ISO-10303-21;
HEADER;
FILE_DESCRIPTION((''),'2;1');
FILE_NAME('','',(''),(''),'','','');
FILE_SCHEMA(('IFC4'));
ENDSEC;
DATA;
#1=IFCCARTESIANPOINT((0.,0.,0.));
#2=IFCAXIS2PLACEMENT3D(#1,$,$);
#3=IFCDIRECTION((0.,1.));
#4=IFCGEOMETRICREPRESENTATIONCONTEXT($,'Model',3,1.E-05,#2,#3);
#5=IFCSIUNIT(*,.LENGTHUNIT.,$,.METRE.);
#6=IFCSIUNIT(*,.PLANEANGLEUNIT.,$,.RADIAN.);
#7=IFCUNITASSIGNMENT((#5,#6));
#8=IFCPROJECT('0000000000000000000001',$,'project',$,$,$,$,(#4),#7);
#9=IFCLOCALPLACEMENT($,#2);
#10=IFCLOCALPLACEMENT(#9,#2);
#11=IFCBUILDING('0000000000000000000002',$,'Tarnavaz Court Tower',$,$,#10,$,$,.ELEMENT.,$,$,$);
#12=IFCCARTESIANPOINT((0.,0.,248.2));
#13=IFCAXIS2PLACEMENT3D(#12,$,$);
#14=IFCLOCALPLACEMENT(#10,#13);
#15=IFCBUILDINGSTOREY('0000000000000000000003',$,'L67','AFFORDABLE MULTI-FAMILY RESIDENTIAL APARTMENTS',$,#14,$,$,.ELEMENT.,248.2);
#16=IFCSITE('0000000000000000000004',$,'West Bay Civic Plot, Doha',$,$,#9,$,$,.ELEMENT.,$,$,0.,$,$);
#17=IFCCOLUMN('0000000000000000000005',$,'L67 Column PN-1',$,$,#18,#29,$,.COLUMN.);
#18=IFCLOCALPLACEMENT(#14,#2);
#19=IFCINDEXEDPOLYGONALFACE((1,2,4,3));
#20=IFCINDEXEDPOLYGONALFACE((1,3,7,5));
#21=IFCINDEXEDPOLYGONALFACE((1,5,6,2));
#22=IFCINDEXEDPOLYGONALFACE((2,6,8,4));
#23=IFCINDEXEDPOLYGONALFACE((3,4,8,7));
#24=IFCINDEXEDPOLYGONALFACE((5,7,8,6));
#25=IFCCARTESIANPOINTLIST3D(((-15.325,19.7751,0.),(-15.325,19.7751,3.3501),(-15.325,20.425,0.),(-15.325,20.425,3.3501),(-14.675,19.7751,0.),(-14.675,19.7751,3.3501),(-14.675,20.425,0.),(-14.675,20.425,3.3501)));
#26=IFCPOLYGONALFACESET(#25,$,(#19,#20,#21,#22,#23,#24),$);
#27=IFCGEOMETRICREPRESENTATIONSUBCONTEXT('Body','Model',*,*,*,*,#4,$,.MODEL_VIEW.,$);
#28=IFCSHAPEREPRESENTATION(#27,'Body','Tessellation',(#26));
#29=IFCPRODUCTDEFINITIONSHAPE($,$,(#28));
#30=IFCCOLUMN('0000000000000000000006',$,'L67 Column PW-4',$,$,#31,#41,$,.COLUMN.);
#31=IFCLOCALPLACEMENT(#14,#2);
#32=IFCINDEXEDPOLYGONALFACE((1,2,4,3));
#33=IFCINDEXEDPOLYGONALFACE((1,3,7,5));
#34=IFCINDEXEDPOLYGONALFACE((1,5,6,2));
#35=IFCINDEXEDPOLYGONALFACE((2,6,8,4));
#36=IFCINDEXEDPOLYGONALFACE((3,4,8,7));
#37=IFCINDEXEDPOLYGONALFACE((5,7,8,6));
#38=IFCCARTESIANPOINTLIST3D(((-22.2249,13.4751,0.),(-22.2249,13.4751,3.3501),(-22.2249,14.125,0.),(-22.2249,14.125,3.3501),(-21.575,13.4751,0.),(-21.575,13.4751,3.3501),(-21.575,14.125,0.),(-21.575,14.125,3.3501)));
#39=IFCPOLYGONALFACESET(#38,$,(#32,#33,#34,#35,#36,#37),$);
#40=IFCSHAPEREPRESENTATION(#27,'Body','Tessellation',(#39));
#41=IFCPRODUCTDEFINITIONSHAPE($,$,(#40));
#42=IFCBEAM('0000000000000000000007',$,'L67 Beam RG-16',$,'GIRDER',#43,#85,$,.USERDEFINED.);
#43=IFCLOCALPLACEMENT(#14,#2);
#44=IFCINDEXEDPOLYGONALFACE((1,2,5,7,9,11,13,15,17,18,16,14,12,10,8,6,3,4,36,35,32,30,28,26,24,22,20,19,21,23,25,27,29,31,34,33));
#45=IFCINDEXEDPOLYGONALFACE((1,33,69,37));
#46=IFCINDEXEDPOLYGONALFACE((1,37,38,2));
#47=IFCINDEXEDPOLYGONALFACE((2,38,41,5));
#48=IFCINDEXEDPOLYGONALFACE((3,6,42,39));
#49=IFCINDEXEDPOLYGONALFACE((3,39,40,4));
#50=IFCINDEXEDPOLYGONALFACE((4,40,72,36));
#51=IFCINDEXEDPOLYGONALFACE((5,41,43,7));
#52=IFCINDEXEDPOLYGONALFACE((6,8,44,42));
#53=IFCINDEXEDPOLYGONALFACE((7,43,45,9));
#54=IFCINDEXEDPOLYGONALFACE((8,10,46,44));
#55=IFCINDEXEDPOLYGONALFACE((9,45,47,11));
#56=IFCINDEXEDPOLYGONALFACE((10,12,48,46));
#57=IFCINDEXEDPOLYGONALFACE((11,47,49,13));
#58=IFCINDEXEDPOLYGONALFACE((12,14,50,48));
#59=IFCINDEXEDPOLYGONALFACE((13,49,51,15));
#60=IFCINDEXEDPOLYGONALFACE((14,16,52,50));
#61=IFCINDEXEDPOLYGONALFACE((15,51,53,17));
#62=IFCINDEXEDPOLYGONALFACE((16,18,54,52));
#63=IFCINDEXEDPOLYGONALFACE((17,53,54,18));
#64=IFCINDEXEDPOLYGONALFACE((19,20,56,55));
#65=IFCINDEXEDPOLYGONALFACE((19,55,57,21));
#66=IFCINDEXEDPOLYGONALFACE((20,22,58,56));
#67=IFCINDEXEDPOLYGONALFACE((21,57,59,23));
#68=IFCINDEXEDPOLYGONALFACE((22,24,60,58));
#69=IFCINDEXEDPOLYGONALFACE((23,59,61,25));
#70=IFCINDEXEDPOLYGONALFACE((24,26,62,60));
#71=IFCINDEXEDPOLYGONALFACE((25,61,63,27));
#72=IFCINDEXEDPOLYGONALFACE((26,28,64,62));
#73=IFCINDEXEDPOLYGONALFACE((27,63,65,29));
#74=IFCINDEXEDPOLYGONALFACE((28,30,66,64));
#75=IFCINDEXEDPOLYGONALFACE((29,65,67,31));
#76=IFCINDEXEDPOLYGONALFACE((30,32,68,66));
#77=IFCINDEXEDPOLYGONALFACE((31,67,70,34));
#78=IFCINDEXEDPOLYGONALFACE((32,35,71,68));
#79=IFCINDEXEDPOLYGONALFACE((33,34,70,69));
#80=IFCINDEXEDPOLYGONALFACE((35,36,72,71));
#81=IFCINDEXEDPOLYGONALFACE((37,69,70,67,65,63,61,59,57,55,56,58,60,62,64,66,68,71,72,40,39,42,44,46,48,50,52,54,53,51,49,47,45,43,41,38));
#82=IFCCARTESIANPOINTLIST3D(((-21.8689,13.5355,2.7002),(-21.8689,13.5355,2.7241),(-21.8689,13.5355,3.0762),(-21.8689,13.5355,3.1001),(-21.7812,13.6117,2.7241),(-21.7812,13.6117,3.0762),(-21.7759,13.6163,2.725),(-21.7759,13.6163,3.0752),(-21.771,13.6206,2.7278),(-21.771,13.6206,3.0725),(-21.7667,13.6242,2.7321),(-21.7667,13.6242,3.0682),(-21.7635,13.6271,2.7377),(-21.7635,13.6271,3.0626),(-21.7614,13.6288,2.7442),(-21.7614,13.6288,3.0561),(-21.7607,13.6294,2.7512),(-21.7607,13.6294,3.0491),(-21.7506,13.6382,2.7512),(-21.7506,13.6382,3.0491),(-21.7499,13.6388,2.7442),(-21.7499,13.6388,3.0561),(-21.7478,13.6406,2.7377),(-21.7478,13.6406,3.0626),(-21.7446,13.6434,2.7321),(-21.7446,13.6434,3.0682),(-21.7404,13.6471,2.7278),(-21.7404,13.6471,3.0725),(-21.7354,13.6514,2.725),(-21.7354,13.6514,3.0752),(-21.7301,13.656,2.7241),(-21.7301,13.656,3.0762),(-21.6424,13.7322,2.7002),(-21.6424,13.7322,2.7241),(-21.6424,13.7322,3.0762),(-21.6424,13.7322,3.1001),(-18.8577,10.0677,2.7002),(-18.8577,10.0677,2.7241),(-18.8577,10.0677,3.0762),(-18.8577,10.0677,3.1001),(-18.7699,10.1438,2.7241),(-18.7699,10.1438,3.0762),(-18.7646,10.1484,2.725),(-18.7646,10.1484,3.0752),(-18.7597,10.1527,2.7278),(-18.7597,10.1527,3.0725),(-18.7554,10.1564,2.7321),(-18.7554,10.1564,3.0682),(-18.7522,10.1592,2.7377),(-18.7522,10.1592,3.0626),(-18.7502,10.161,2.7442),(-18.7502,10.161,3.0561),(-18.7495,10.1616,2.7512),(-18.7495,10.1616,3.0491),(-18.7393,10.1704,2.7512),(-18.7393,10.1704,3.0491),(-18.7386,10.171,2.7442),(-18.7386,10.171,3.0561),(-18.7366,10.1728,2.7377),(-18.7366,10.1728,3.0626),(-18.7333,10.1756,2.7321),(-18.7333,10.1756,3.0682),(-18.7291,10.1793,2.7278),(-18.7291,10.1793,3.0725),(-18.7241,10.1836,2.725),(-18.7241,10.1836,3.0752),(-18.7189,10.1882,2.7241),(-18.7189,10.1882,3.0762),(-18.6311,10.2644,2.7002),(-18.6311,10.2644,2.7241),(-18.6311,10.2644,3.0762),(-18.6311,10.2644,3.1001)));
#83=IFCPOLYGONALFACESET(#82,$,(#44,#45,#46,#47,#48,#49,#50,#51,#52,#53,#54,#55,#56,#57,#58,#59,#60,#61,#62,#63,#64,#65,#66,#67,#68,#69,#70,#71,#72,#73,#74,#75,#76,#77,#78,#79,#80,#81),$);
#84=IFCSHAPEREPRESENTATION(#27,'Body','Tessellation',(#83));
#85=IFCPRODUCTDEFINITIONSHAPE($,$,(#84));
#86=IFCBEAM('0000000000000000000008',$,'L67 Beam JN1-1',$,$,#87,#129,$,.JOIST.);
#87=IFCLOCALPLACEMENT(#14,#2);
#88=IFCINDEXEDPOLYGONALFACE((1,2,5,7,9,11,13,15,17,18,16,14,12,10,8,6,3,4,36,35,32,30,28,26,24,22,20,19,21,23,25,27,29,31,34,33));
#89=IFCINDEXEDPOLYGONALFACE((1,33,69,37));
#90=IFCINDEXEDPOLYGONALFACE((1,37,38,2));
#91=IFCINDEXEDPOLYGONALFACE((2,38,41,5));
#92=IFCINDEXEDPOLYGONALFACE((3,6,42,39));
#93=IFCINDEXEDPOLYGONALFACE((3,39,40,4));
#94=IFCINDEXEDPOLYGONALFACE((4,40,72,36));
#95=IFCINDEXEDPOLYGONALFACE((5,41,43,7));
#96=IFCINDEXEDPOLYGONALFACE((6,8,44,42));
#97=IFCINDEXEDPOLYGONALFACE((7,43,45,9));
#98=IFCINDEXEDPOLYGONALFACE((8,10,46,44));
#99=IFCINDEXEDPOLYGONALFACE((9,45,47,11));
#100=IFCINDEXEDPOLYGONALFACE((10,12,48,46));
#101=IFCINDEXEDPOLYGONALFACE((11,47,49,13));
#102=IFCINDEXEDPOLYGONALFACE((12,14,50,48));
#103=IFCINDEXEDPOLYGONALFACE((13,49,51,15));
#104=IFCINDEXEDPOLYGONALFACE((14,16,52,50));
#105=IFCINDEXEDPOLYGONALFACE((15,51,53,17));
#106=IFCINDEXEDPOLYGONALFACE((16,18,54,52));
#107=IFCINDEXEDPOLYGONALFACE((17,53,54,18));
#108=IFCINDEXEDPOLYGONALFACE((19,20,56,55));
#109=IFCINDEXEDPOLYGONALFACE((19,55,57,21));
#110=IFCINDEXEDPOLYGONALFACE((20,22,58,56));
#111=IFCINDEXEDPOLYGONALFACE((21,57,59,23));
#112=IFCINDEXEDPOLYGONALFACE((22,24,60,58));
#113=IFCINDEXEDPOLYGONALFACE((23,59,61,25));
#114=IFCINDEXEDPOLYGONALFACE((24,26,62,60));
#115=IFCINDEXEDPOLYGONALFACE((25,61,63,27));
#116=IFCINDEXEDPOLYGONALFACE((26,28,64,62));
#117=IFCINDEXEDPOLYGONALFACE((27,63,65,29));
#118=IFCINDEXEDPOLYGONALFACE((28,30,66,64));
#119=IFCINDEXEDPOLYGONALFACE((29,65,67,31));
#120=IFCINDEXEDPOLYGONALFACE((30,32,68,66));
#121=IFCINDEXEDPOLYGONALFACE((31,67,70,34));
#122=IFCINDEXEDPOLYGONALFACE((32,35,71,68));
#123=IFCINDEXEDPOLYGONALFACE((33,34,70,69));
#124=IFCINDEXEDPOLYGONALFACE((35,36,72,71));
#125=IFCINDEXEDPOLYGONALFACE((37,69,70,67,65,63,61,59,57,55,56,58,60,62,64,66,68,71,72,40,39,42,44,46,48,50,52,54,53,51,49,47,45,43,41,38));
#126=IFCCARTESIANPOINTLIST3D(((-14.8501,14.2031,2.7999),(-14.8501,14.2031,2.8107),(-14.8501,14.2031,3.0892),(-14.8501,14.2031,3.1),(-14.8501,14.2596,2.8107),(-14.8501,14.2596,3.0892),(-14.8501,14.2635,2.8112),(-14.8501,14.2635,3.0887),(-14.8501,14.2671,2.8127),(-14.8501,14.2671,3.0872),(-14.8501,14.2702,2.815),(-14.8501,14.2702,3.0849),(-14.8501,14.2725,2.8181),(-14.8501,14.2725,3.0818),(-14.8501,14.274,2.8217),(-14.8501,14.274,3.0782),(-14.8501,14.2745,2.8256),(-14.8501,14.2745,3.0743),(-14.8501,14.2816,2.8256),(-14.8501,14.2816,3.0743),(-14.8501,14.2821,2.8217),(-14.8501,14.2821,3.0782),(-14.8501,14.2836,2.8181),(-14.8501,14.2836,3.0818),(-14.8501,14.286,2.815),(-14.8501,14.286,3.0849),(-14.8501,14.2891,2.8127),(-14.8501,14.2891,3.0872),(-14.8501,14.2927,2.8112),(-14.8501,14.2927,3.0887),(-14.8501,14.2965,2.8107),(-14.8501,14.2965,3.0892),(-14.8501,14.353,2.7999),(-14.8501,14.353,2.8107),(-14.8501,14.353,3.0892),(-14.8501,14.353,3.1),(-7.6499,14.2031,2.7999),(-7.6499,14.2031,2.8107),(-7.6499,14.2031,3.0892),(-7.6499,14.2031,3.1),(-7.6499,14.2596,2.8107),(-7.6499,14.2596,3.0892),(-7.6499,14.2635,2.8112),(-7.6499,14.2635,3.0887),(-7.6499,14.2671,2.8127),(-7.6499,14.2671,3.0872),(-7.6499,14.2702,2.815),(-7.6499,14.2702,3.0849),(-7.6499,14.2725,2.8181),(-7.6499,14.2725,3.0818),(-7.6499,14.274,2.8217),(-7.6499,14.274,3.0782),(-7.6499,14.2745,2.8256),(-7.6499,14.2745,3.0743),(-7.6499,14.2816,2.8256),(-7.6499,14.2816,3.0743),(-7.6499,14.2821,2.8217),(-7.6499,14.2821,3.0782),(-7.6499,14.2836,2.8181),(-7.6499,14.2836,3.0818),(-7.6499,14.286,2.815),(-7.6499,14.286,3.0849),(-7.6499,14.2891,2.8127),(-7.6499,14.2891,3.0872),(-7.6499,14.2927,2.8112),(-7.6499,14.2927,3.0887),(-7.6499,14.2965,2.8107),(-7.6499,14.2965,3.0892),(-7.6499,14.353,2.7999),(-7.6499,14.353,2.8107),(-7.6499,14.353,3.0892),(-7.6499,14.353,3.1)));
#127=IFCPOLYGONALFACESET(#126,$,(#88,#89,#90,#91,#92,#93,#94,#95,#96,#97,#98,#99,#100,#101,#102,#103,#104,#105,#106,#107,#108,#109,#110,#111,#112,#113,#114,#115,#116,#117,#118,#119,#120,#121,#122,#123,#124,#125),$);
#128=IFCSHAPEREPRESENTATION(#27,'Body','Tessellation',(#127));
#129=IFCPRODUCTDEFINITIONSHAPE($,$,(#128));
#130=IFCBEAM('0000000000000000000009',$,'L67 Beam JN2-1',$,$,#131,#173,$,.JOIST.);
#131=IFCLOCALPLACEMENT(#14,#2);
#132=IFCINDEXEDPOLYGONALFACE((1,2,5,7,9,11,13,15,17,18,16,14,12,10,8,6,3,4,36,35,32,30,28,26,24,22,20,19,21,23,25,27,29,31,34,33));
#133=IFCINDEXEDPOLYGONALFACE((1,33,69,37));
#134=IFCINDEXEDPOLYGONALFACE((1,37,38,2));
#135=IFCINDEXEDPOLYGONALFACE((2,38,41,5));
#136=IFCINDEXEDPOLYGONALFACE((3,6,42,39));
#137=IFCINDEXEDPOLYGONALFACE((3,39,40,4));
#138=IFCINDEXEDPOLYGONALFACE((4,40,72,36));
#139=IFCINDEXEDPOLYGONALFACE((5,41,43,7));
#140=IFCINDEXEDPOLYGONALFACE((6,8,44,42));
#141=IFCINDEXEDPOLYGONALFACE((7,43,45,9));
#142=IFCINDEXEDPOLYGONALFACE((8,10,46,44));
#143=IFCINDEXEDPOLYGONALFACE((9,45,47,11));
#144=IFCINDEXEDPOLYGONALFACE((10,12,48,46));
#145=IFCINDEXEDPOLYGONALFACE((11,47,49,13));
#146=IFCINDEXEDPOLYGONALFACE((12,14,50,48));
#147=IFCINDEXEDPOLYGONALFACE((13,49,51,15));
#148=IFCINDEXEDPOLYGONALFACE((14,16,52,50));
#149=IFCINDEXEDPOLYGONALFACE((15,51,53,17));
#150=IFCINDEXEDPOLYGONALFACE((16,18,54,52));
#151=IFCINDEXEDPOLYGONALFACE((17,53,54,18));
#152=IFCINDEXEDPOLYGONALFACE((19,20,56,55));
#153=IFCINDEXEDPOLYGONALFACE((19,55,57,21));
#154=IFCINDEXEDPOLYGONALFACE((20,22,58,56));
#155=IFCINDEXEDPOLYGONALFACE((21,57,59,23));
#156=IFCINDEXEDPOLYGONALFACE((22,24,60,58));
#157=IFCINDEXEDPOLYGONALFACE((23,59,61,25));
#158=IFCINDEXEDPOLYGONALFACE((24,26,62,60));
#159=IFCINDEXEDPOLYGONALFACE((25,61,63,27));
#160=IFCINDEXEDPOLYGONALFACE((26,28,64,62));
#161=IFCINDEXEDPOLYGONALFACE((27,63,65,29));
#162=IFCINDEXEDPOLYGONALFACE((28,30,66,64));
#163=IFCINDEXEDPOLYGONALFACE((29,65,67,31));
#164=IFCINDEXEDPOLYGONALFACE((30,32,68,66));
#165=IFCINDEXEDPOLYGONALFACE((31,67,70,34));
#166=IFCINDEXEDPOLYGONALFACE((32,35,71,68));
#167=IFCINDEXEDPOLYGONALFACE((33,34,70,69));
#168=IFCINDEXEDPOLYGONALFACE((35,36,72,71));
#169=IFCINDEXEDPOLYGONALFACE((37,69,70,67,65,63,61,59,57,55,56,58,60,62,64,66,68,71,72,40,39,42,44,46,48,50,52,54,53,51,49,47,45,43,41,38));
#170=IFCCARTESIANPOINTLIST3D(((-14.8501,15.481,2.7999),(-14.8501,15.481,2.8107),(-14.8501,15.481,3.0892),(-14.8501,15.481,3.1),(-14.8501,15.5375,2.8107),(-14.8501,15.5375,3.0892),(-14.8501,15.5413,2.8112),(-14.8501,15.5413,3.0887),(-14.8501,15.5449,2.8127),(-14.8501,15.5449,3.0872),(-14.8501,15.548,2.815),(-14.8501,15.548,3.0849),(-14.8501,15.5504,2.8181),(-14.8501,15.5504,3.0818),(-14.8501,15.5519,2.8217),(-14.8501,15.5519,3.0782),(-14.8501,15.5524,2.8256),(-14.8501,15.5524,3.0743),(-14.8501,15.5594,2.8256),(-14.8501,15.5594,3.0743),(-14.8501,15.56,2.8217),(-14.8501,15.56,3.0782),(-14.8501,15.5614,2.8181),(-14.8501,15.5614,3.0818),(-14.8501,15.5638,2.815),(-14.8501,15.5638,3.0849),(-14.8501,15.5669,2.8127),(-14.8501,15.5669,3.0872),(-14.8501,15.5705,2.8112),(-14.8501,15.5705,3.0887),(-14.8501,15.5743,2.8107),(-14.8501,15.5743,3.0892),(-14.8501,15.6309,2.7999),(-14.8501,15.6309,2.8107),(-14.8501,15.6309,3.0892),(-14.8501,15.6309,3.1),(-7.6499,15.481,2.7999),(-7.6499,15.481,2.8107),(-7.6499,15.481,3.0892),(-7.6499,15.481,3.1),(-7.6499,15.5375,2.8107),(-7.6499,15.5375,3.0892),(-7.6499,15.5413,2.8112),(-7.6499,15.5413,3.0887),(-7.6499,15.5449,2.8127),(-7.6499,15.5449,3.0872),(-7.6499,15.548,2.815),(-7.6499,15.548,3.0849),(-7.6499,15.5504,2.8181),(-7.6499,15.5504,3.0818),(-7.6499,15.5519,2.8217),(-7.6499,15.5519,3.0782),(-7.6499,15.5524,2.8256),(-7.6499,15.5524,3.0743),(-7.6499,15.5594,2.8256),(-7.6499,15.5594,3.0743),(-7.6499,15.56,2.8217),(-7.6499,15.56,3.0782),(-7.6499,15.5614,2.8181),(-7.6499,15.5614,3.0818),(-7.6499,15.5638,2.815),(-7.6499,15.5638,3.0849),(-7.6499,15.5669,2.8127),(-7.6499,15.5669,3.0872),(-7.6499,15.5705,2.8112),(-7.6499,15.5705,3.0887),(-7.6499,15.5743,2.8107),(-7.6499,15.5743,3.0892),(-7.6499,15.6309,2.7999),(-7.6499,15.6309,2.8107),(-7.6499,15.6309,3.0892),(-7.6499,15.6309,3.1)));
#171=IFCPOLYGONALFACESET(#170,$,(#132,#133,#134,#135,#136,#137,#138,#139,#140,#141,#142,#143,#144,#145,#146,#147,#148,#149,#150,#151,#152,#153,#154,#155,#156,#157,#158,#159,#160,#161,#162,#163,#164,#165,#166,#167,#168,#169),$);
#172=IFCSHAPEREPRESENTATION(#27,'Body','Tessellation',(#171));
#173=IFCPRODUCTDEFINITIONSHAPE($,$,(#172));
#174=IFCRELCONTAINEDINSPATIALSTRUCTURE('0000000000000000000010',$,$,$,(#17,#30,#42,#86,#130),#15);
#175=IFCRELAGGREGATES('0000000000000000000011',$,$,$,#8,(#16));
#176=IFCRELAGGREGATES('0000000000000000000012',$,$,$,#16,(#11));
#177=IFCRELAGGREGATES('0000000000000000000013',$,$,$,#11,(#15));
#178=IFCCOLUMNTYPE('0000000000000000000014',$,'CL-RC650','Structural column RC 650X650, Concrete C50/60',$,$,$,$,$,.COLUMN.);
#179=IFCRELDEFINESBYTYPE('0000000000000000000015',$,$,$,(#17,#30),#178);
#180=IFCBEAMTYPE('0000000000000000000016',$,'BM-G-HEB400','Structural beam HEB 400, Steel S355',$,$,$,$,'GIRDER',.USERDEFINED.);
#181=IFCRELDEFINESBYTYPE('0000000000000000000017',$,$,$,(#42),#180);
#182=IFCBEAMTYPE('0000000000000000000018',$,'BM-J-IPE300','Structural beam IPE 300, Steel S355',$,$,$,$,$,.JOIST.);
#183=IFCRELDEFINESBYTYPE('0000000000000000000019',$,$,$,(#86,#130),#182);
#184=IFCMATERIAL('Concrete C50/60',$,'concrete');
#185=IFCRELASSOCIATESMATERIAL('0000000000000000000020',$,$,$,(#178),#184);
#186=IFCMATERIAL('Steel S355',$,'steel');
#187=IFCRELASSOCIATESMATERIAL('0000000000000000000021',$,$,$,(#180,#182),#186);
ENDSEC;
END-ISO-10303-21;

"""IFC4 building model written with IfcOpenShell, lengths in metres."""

from ifc_helpers import new_model, si_unit, direction, frame, origin, origin_2d, place, context, subcontext, project, spatial, rectangle, i_section, extrude, material, material_profile, profile_set, type_object, element, save


model = new_model("IFC4")

# Units and contexts
model_context = context("Model", 3, precision=1e-05, world=origin(), true_north=direction((0.0, 1.0)))
body_context = subcontext(model_context, "Body", "Model", "MODEL_VIEW")
ifc_project = project(units=[si_unit("LENGTHUNIT", "METRE"), si_unit("PLANEANGLEUNIT", "RADIAN")], contexts=[model_context])

# Site, building, storey
site_placement = place(None, origin())
site = spatial("IfcSite", under=ifc_project, at=site_placement, Name="West Bay Civic Plot, Doha", CompositionType="ELEMENT", RefElevation=0.0)
building_placement = place(site_placement, origin())
building = spatial("IfcBuilding", under=site, at=building_placement, Name="Tarnavaz Court Tower", CompositionType="ELEMENT")
storey_placement = place(building_placement, frame((0.0, 0.0, 248.2)))
storey = spatial("IfcBuildingStorey", under=building, at=storey_placement, Name="L67", Description="AFFORDABLE MULTI-FAMILY RESIDENTIAL APARTMENTS", CompositionType="ELEMENT", Elevation=248.2)

# Columns
ifc_material_1 = material(Name="Concrete C50/60", Category="concrete")
ifc_material_profile_1 = material_profile(ifc_material_1, rectangle(XDim=0.6499, YDim=0.6499, at=origin_2d()), Name="RC 650X650")
ifc_profile_set_1 = profile_set([ifc_material_profile_1], Name="Concrete C50/60")
column_type = type_object("IfcColumnType", Name="CL-RC650", Description="Structural column RC 650X650, Concrete C50/60", PredefinedType="COLUMN", material=ifc_profile_set_1)
for number, where, z_axis, x_axis, name in (
    (1, (-15.0, 20.1001, 0.0), (0.0, 0.0, 1.0), (1.0, 0.0, 0.0), "L67 Column PN-1"),
    (2, (-21.8999, 13.8, 0.0), (0.0, 0.0, 1.0), (1.0, 0.0, 0.0), "L67 Column PW-4"),
):
    element("IfcColumn", number, at=place(storey_placement, frame(where, z_axis=z_axis, x_axis=x_axis)), inside=storey, type_object=column_type, Name=name, PredefinedType="COLUMN", context=body_context, shape_type="SweptSolid", body=[
        extrude(rectangle(XDim=0.6499, YDim=0.6499, at=origin_2d()), origin(), (0.0, 0.0, 1.0), 3.3501),
    ])

# Beams
ifc_material_2 = material(Name="Steel S355", Category="steel")
ifc_material_profile_2 = material_profile(ifc_material_2, i_section(OverallWidth=0.3, OverallDepth=0.3999, WebThickness=0.0134, FlangeThickness=0.0239, FilletRadius=0.0271, at=origin_2d()), Name="HEB 400")
ifc_profile_set_2 = profile_set([ifc_material_profile_2], Name="Steel S355")
beam_type_1 = type_object("IfcBeamType", Name="BM-G-HEB400", Description="Structural beam HEB 400, Steel S355", ElementType="GIRDER", PredefinedType="USERDEFINED", material=ifc_profile_set_2)
beam_1_placement = place(storey_placement, frame((-18.7444, 10.166, 2.9001), z_axis=(-0.655655, 0.755061, 0.0), x_axis=(-0.755061, -0.655655, 0.0)))
element("IfcBeam", 3, at=beam_1_placement, inside=storey, type_object=beam_type_1, Name="L67 Beam RG-16", ObjectType="GIRDER", PredefinedType="USERDEFINED", context=body_context, shape_type="SweptSolid", body=[
    extrude(i_section(OverallWidth=0.3, OverallDepth=0.3999, WebThickness=0.0134, FlangeThickness=0.0239, FilletRadius=0.0271, at=origin_2d()), origin(), (0.0, 0.0, 1.0), 4.5928),
])
ifc_material_profile_3 = material_profile(ifc_material_2, i_section(OverallWidth=0.1499, OverallDepth=0.3, WebThickness=0.0071, FlangeThickness=0.0107, FilletRadius=0.0149, at=origin_2d()), Name="IPE 300")
ifc_profile_set_3 = profile_set([ifc_material_profile_3], Name="Steel S355")
beam_type_2 = type_object("IfcBeamType", Name="BM-J-IPE300", Description="Structural beam IPE 300, Steel S355", PredefinedType="JOIST", material=ifc_profile_set_3)
for number, where, z_axis, x_axis, name in (
    (4, (-14.8501, 14.2781, 2.95), (1.0, 0.0, 0.0), (0.0, 1.0, 0.0), "L67 Beam JN1-1"),
    (5, (-14.8501, 15.5559, 2.95), (1.0, 0.0, 0.0), (0.0, 1.0, 0.0), "L67 Beam JN2-1"),
):
    element("IfcBeam", number, at=place(storey_placement, frame(where, z_axis=z_axis, x_axis=x_axis)), inside=storey, type_object=beam_type_2, Name=name, PredefinedType="JOIST", context=body_context, shape_type="SweptSolid", body=[
        extrude(i_section(OverallWidth=0.1499, OverallDepth=0.3, WebThickness=0.0071, FlangeThickness=0.0107, FilletRadius=0.0149, at=origin_2d()), origin(), (0.0, 0.0, 1.0), 7.2002),
    ])

save(model, "model.ifc")
